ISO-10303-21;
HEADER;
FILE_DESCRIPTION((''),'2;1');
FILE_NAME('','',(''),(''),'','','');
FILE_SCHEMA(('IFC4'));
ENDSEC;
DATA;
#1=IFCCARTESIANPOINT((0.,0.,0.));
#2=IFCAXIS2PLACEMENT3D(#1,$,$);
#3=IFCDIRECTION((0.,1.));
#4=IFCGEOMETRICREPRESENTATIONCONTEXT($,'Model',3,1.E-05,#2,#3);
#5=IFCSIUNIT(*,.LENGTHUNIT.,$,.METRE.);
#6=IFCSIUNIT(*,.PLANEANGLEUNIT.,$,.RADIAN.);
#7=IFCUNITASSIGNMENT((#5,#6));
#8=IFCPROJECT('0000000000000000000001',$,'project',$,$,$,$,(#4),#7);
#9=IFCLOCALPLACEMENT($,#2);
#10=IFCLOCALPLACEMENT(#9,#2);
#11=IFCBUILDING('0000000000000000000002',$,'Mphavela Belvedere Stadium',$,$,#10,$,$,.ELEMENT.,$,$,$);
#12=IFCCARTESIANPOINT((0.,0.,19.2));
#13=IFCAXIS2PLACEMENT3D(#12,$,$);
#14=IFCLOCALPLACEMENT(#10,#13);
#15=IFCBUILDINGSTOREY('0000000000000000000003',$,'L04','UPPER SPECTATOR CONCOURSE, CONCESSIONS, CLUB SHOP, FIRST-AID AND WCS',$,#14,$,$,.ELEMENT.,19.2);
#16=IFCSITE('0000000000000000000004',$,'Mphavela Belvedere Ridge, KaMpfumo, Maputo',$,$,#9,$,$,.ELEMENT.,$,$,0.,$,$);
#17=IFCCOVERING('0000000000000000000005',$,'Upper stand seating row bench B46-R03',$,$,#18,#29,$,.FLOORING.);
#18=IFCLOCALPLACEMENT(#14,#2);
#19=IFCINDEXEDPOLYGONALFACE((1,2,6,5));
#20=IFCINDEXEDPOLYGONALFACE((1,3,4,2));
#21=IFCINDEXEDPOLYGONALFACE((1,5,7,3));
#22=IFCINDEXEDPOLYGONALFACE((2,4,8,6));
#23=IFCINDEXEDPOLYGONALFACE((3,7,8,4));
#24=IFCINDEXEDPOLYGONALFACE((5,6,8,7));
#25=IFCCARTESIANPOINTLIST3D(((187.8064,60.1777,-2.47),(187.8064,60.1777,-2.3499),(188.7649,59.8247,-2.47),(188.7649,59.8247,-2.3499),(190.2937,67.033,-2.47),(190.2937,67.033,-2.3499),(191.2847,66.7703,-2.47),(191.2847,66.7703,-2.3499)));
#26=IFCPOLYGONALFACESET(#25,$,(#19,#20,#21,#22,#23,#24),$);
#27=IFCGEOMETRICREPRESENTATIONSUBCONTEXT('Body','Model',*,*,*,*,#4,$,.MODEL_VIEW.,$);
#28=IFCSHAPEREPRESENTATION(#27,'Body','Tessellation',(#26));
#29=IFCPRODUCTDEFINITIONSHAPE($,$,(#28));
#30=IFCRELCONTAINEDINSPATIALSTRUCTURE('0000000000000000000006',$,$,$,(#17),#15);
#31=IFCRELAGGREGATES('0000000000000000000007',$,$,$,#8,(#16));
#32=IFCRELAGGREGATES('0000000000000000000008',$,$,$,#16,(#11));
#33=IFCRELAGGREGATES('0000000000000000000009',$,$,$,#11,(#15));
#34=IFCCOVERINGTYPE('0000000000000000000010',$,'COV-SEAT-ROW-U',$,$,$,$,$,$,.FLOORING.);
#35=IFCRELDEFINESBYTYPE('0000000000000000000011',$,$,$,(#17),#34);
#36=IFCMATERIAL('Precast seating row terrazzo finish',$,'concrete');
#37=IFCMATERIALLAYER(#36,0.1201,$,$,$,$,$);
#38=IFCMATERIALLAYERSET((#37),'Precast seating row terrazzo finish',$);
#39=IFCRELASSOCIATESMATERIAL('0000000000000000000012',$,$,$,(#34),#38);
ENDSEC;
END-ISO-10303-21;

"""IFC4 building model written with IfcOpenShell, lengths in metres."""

from ifc_helpers import new_model, si_unit, direction, frame, origin, place, context, subcontext, project, spatial, polyline, outline, extrude, material, layer, layer_set, type_object, element, save


model = new_model("IFC4")

# Units and contexts
model_context = context("Model", 3, precision=1e-05, world=origin(), true_north=direction((0.0, 1.0)))
body_context = subcontext(model_context, "Body", "Model", "MODEL_VIEW")
ifc_project = project(units=[si_unit("LENGTHUNIT", "METRE"), si_unit("PLANEANGLEUNIT", "RADIAN")], contexts=[model_context])

# Site, building, storey
site_placement = place(None, origin())
site = spatial("IfcSite", under=ifc_project, at=site_placement, Name="Mphavela Belvedere Ridge, KaMpfumo, Maputo", CompositionType="ELEMENT", RefElevation=0.0)
building_placement = place(site_placement, origin())
building = spatial("IfcBuilding", under=site, at=building_placement, Name="Mphavela Belvedere Stadium", CompositionType="ELEMENT")
storey_placement = place(building_placement, frame((0.0, 0.0, 19.2)))
storey = spatial("IfcBuildingStorey", under=building, at=storey_placement, Name="L04", Description="UPPER SPECTATOR CONCOURSE, CONCESSIONS, CLUB SHOP, FIRST-AID AND WCS", CompositionType="ELEMENT", Elevation=19.2)

# Covering
ifc_material = material(Name="Precast seating row terrazzo finish", Category="concrete")
ifc_layer = layer(ifc_material, 0.1201)
ifc_layer_set = layer_set([ifc_layer], Name="Precast seating row terrazzo finish")
covering_type = type_object("IfcCoveringType", Name="COV-SEAT-ROW-U", PredefinedType="FLOORING", material=ifc_layer_set)
covering_1_placement = place(storey_placement, frame((0.0, 0.0, -2.47)))
element("IfcCovering", 1, at=covering_1_placement, inside=storey, type_object=covering_type, Name="Upper stand seating row bench B46-R03", PredefinedType="FLOORING", context=body_context, shape_type="SweptSolid", body=[
    extrude(outline(polyline([(187.8064, 60.1777), (190.2937, 67.033), (191.2847, 66.7703), (188.7649, 59.8247), (187.8064, 60.1777)])), origin(), (0.0, 0.0, 1.0), 0.1201),
])

save(model, "model.ifc")
